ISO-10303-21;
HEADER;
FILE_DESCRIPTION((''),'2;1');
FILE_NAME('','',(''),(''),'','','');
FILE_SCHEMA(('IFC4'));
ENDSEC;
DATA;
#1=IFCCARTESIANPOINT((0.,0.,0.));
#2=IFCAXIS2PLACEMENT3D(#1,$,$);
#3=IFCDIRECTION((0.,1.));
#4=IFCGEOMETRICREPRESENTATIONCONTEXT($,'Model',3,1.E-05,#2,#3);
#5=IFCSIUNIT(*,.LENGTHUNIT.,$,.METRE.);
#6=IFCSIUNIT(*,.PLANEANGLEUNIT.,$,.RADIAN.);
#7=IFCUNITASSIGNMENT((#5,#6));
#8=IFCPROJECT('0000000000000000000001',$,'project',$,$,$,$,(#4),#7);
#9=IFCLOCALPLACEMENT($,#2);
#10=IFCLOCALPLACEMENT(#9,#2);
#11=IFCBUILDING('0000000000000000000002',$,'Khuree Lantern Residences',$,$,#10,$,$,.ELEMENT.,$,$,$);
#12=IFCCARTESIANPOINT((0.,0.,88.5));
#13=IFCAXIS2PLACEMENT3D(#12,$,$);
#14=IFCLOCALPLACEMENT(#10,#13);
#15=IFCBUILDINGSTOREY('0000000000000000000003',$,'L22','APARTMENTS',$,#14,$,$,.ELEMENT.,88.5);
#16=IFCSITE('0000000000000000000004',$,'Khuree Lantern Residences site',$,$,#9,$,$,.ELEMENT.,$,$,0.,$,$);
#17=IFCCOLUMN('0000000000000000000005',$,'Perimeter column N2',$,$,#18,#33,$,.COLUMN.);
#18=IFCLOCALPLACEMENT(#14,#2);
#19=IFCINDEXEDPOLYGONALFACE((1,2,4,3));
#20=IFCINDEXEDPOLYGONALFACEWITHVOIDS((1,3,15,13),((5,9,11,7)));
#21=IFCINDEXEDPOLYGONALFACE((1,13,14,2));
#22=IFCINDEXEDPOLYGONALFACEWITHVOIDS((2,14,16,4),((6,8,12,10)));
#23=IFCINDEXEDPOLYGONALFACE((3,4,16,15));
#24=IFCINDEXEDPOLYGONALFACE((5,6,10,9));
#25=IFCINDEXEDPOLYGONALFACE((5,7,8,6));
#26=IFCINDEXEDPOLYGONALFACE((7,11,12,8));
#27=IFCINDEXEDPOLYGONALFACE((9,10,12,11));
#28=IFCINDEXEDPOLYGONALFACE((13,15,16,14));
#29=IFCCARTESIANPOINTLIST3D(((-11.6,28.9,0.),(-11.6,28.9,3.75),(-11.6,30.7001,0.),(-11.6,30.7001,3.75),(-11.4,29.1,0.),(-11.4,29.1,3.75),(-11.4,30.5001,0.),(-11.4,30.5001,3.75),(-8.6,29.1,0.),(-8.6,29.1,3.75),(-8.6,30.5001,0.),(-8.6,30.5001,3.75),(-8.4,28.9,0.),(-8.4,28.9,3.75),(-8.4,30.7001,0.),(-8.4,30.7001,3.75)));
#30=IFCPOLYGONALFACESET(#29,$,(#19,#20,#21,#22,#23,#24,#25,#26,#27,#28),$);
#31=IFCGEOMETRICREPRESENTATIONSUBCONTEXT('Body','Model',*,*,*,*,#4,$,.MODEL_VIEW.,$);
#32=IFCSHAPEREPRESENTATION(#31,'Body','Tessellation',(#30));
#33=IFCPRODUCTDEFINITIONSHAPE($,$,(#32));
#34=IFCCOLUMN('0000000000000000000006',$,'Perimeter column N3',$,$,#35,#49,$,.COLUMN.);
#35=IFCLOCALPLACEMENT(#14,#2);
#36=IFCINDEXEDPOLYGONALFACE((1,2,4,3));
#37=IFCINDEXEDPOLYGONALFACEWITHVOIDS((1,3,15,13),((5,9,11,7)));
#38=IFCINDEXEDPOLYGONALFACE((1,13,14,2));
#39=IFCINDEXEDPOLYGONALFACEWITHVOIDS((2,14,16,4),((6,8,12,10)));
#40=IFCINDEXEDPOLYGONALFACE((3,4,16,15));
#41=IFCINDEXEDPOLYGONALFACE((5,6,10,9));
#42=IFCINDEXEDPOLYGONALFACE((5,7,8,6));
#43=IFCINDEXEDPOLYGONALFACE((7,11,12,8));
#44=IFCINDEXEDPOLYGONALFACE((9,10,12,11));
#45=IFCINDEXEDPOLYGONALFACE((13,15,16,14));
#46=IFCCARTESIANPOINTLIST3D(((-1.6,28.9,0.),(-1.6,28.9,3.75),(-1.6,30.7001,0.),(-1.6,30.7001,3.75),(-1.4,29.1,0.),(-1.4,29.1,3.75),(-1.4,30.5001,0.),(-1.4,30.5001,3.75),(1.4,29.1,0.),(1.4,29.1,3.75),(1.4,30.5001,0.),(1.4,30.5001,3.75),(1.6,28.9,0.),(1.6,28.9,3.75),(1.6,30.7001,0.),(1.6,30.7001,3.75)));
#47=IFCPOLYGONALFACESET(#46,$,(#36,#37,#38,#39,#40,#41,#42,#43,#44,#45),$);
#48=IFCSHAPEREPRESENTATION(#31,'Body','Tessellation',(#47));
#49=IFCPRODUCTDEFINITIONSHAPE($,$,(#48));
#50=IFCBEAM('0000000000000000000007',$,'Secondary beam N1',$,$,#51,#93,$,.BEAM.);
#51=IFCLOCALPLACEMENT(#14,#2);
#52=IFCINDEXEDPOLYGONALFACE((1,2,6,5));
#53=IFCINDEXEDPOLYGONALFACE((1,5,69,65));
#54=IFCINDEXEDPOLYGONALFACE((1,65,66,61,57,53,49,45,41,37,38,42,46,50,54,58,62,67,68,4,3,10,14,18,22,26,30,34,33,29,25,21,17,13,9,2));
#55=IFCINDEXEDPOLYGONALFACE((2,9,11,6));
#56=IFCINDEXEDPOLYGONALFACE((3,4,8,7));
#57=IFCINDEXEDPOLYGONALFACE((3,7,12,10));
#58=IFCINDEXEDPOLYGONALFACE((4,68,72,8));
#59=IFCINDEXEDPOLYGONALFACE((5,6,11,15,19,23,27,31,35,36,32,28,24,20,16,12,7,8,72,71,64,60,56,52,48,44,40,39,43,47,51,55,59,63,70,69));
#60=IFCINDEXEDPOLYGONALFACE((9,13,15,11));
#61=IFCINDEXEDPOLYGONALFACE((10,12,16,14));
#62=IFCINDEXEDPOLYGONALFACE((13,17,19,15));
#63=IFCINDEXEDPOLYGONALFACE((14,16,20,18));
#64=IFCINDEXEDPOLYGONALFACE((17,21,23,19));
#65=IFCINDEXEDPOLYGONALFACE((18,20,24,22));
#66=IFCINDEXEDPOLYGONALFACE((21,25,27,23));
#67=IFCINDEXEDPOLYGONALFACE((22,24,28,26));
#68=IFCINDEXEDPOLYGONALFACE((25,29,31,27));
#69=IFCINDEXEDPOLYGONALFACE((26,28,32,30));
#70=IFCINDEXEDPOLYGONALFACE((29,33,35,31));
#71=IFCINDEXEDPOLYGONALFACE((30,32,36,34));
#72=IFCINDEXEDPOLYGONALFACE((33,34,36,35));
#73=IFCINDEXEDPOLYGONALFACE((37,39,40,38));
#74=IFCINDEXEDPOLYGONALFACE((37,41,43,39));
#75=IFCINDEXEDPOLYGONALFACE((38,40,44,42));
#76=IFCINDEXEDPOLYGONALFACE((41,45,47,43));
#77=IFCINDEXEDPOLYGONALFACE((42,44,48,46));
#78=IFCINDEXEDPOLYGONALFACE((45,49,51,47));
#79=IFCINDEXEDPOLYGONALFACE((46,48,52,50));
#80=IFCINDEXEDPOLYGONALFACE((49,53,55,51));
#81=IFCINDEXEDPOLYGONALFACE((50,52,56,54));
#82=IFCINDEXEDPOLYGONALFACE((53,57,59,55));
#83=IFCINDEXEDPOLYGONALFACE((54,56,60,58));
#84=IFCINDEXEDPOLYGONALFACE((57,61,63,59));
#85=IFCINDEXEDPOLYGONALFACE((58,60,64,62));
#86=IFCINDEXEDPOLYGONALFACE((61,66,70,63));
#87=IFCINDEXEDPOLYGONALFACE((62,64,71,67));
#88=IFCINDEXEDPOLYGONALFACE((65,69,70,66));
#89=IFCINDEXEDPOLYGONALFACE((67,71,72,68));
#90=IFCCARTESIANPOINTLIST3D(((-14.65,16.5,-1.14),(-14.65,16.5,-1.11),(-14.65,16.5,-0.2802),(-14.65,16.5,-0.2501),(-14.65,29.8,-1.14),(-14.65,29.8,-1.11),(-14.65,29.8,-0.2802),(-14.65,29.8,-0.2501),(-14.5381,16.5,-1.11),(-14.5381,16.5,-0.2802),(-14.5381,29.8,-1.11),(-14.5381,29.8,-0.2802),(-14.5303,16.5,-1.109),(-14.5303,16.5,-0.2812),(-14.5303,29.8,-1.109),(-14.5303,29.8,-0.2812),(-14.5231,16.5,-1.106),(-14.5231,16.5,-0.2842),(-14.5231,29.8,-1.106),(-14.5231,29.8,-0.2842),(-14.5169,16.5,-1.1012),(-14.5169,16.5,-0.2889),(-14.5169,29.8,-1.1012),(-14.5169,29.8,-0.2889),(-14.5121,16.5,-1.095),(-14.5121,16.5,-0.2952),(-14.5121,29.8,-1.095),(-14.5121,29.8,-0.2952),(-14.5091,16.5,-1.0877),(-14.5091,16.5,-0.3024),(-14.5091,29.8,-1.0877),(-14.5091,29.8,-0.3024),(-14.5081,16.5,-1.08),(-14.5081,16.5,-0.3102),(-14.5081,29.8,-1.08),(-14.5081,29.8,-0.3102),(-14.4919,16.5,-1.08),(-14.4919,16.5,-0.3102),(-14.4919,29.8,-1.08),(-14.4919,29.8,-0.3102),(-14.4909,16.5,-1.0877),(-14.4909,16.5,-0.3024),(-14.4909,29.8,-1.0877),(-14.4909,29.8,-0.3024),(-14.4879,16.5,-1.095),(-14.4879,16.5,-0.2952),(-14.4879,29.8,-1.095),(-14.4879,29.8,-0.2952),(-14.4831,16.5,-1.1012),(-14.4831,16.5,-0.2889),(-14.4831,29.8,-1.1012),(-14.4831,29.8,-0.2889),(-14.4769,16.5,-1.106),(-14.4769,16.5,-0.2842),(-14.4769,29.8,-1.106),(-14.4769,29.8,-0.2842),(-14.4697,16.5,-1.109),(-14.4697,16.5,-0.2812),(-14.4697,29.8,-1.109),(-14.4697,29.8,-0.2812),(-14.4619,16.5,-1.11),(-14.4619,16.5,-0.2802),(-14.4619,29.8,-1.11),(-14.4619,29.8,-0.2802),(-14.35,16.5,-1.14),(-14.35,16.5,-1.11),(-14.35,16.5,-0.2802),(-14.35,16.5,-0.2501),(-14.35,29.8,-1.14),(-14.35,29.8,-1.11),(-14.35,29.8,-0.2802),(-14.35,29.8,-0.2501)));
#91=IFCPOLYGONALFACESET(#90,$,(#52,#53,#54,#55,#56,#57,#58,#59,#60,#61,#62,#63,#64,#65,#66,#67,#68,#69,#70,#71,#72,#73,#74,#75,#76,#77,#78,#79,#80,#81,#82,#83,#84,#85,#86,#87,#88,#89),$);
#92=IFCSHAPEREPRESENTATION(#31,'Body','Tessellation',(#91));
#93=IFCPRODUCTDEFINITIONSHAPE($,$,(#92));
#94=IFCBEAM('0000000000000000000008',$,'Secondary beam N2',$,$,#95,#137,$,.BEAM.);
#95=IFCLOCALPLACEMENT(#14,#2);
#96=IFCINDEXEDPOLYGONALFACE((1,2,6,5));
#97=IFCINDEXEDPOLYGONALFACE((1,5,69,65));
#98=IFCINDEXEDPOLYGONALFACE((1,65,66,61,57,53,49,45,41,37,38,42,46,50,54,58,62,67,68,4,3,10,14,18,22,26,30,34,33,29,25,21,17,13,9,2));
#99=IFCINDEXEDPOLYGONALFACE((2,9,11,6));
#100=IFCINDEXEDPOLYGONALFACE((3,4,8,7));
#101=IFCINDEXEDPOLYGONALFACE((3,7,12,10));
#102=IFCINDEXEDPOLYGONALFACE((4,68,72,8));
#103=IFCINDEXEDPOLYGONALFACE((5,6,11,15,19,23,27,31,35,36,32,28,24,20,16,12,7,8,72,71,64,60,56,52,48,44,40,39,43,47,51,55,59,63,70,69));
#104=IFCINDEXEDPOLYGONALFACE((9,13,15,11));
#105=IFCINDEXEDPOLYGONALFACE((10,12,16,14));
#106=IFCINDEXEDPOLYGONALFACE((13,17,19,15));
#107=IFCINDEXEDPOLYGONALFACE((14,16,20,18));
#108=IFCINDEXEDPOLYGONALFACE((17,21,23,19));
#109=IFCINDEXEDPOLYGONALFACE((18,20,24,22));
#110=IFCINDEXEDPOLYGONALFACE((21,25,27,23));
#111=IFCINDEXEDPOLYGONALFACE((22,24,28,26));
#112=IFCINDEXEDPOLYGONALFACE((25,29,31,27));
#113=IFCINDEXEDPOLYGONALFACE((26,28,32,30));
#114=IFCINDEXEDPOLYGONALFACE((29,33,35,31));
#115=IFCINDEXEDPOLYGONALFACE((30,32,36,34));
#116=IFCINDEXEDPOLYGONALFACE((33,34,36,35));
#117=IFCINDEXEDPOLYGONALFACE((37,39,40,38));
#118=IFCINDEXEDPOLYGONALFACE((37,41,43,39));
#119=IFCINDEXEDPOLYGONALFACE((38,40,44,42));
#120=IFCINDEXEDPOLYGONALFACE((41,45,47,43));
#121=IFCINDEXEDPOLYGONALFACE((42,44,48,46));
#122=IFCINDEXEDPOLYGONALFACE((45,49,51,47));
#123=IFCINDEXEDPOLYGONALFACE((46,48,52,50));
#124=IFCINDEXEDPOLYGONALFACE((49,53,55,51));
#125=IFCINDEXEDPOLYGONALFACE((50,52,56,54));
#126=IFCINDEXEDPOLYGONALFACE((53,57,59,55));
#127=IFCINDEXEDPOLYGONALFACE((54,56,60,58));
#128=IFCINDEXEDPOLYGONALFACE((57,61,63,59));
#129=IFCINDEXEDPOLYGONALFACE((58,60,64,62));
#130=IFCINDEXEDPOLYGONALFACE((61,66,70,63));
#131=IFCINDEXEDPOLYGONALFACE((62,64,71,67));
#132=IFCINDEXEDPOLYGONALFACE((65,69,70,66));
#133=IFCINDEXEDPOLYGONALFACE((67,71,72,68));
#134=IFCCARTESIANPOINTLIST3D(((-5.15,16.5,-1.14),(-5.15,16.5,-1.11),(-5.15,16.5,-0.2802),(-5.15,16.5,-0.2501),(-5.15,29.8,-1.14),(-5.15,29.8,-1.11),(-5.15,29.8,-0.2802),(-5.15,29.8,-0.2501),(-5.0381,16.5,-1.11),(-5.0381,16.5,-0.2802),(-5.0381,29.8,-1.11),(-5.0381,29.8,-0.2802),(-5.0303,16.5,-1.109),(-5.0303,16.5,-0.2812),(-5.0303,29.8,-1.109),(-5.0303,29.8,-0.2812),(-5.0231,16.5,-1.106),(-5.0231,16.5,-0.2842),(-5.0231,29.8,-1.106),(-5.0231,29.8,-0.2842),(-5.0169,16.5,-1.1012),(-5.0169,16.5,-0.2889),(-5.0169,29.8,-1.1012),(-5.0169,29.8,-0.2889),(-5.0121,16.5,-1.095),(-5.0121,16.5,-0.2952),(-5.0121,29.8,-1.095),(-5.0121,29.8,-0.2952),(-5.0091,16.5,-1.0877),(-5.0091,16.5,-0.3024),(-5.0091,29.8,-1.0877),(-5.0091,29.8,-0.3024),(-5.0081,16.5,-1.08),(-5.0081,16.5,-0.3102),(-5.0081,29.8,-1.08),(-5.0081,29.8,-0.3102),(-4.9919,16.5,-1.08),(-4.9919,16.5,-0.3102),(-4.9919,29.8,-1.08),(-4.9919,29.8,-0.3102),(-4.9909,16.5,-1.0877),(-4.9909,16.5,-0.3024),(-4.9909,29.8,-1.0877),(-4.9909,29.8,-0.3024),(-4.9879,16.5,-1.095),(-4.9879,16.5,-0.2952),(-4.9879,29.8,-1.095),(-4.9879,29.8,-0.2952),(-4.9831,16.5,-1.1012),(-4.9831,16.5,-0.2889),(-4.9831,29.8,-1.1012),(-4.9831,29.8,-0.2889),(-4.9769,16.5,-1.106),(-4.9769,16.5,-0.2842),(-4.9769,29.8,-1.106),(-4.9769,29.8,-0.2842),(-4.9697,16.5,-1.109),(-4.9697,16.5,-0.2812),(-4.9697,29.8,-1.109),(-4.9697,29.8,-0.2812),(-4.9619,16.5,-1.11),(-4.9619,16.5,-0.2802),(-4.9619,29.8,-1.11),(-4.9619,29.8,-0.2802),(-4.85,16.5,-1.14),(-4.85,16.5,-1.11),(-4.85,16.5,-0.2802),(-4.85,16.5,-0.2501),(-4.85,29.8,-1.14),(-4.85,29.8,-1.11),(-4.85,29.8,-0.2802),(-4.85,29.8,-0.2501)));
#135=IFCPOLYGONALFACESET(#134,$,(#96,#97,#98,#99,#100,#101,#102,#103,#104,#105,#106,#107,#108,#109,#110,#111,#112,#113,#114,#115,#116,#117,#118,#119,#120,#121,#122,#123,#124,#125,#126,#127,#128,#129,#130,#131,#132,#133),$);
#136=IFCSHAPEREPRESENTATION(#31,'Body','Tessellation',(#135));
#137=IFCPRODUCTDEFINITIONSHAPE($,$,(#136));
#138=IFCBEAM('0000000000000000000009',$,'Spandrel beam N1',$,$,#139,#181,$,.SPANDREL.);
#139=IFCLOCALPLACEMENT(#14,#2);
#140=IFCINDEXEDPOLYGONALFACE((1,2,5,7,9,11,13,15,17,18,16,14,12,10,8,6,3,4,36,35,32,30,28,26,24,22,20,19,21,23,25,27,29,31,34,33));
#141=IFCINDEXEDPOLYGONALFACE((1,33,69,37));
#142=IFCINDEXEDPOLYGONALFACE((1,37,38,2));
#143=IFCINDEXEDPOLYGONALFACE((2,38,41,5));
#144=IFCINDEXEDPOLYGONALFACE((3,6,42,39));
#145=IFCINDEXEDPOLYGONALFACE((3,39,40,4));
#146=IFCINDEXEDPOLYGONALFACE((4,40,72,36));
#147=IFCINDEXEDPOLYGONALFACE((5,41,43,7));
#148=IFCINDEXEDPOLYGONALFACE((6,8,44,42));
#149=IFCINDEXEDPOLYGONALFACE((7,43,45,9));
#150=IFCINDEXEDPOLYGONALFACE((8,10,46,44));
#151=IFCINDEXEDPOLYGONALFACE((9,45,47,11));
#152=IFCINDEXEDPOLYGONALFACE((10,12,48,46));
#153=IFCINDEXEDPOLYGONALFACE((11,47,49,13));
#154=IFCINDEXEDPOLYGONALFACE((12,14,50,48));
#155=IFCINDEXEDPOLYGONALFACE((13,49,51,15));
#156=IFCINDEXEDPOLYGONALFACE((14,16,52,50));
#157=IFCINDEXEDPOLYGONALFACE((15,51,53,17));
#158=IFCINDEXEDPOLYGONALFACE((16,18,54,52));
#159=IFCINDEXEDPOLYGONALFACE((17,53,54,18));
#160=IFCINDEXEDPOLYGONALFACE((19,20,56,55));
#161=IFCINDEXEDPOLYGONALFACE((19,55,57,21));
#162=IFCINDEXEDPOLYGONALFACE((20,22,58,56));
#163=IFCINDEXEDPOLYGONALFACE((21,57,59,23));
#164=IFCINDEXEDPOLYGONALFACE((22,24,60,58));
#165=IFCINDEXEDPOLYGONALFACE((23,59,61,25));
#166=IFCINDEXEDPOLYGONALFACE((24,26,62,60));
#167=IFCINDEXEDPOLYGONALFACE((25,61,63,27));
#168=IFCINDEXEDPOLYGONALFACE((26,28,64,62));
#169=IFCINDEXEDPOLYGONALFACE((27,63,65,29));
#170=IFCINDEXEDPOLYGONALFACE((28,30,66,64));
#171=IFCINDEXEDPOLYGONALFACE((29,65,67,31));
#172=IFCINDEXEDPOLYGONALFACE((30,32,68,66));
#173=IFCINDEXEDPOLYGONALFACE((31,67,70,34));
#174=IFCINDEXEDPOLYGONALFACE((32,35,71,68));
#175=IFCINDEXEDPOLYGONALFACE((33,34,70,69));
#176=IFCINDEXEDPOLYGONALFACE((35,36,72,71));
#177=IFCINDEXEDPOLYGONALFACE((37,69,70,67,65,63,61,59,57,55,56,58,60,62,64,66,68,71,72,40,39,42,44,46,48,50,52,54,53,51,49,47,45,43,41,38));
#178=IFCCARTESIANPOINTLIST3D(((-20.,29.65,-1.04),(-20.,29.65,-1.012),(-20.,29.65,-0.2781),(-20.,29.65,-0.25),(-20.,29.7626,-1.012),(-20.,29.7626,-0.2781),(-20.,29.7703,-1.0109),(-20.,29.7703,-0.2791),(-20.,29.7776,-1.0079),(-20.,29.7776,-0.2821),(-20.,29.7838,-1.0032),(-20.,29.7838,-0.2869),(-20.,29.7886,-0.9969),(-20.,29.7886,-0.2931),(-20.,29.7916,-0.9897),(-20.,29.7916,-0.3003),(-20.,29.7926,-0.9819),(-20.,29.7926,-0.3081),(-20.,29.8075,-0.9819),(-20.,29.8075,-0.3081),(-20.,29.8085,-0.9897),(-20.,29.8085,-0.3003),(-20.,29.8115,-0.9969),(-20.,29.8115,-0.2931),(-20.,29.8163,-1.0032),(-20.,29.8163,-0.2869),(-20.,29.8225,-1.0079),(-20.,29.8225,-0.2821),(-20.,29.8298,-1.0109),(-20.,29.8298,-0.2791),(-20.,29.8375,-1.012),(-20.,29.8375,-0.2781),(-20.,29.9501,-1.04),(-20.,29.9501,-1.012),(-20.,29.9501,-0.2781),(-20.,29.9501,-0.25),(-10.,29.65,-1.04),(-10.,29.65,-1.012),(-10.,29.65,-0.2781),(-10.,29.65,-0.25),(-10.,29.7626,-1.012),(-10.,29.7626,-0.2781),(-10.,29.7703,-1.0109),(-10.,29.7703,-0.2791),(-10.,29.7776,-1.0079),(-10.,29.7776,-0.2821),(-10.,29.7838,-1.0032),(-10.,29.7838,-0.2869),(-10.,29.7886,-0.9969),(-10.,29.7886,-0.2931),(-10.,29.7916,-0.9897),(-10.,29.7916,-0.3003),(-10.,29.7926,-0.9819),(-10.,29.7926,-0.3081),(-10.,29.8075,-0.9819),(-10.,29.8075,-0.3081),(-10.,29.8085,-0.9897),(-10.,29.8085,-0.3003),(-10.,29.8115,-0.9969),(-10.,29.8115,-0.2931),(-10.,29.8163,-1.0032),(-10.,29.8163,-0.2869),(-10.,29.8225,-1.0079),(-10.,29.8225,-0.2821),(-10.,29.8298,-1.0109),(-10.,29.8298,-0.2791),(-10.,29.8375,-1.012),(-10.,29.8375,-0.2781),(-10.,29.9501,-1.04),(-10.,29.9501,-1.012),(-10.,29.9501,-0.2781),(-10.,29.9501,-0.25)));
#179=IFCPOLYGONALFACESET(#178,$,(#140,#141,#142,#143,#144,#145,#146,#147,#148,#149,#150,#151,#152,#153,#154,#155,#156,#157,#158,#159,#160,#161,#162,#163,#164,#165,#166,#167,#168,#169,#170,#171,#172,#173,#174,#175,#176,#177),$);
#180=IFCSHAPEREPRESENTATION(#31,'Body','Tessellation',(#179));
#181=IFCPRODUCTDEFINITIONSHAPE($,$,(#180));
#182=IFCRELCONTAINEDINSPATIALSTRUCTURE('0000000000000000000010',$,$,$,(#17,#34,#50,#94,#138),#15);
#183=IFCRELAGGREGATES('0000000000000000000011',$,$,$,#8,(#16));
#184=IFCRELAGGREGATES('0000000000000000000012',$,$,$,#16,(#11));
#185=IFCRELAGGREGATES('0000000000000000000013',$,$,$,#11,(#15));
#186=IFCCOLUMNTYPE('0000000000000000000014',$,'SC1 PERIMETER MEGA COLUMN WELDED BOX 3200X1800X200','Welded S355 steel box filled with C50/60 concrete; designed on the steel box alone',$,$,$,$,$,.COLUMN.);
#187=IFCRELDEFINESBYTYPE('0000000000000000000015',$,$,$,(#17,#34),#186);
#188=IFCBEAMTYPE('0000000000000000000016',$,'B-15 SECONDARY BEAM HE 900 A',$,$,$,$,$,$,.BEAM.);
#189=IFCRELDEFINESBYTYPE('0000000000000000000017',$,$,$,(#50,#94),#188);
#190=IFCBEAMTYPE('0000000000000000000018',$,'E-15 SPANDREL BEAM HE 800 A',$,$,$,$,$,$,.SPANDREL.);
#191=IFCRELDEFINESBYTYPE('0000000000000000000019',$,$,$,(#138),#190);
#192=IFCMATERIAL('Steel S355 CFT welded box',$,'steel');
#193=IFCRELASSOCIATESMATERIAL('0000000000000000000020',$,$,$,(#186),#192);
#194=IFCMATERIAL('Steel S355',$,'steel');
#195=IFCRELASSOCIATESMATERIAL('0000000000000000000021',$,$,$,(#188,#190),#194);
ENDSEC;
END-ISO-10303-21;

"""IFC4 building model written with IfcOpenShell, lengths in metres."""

from ifc_helpers import new_model, si_unit, direction, frame, origin, origin_2d, place, context, subcontext, project, spatial, hollow_rectangle, i_section, extrude, material, material_profile, profile_set, type_object, element, save


model = new_model("IFC4")

# Units and contexts
model_context = context("Model", 3, precision=1e-05, world=origin(), true_north=direction((0.0, 1.0)))
body_context = subcontext(model_context, "Body", "Model", "MODEL_VIEW")
ifc_project = project(units=[si_unit("LENGTHUNIT", "METRE"), si_unit("PLANEANGLEUNIT", "RADIAN")], contexts=[model_context])

# Site, building, storey
site_placement = place(None, origin())
site = spatial("IfcSite", under=ifc_project, at=site_placement, Name="Khuree Lantern Residences site", CompositionType="ELEMENT", RefElevation=0.0)
building_placement = place(site_placement, origin())
building = spatial("IfcBuilding", under=site, at=building_placement, Name="Khuree Lantern Residences", CompositionType="ELEMENT")
storey_placement = place(building_placement, frame((0.0, 0.0, 88.5)))
storey = spatial("IfcBuildingStorey", under=building, at=storey_placement, Name="L22", Description="APARTMENTS", CompositionType="ELEMENT", Elevation=88.5)

# Columns
ifc_material_1 = material(Name="Steel S355 CFT welded box", Category="steel")
ifc_material_profile_1 = material_profile(ifc_material_1, hollow_rectangle(XDim=3.2, YDim=1.8, WallThickness=0.2, at=origin_2d()), Name="WELDED BOX 3200X1800X200")
ifc_profile_set_1 = profile_set([ifc_material_profile_1], Name="Steel S355 CFT welded box")
column_type = type_object("IfcColumnType", Name="SC1 PERIMETER MEGA COLUMN WELDED BOX 3200X1800X200", Description="Welded S355 steel box filled with C50/60 concrete; designed on the steel box alone", PredefinedType="COLUMN", material=ifc_profile_set_1)
for number, where, z_axis, x_axis, name in (
    (1, (-10.0, 29.8, 0.0), (0.0, 0.0, 1.0), (1.0, 0.0, 0.0), "Perimeter column N2"),
    (2, (0.0, 29.8, 0.0), (0.0, 0.0, 1.0), (1.0, 0.0, 0.0), "Perimeter column N3"),
):
    element("IfcColumn", number, at=place(storey_placement, frame(where, z_axis=z_axis, x_axis=x_axis)), inside=storey, type_object=column_type, Name=name, PredefinedType="COLUMN", context=body_context, shape_type="SweptSolid", body=[
        extrude(hollow_rectangle(XDim=3.2, YDim=1.8, WallThickness=0.2, at=origin_2d()), origin(), (0.0, 0.0, 1.0), 3.75),
    ])

# Beams
ifc_material_2 = material(Name="Steel S355", Category="steel")
ifc_material_profile_2 = material_profile(ifc_material_2, i_section(OverallWidth=0.3, OverallDepth=0.8899, WebThickness=0.0161, FlangeThickness=0.03, FilletRadius=0.03, at=origin_2d()), Name="HE 900 A")
ifc_profile_set_2 = profile_set([ifc_material_profile_2], Name="Steel S355")
beam_type_1 = type_object("IfcBeamType", Name="B-15 SECONDARY BEAM HE 900 A", PredefinedType="BEAM", material=ifc_profile_set_2)
for number, where, z_axis, x_axis, name in (
    (3, (-14.5, 29.8, -0.6951), (0.0, -1.0, 0.0), (1.0, 0.0, 0.0), "Secondary beam N1"),
    (4, (-5.0, 29.8, -0.6951), (0.0, -1.0, 0.0), (1.0, 0.0, 0.0), "Secondary beam N2"),
):
    element("IfcBeam", number, at=place(storey_placement, frame(where, z_axis=z_axis, x_axis=x_axis)), inside=storey, type_object=beam_type_1, Name=name, PredefinedType="BEAM", context=body_context, shape_type="SweptSolid", body=[
        extrude(i_section(OverallWidth=0.3, OverallDepth=0.8899, WebThickness=0.0161, FlangeThickness=0.03, FilletRadius=0.03, at=origin_2d()), origin(), (0.0, 0.0, 1.0), 13.3),
    ])
ifc_material_profile_3 = material_profile(ifc_material_2, i_section(OverallWidth=0.3, OverallDepth=0.79, WebThickness=0.0149, FlangeThickness=0.0281, FilletRadius=0.03, at=origin_2d()), Name="HE 800 A")
ifc_profile_set_3 = profile_set([ifc_material_profile_3], Name="Steel S355")
beam_type_2 = type_object("IfcBeamType", Name="E-15 SPANDREL BEAM HE 800 A", PredefinedType="SPANDREL", material=ifc_profile_set_3)
for number, where, z_axis, x_axis, name in (
    (5, (-20.0, 29.8, -0.645), (1.0, 0.0, 0.0), (0.0, 1.0, 0.0), "Spandrel beam N1"),
):
    element("IfcBeam", number, at=place(storey_placement, frame(where, z_axis=z_axis, x_axis=x_axis)), inside=storey, type_object=beam_type_2, Name=name, PredefinedType="SPANDREL", context=body_context, shape_type="SweptSolid", body=[
        extrude(i_section(OverallWidth=0.3, OverallDepth=0.79, WebThickness=0.0149, FlangeThickness=0.0281, FilletRadius=0.03, at=origin_2d()), origin(), (0.0, 0.0, 1.0), 10.0),
    ])

save(model, "model.ifc")
